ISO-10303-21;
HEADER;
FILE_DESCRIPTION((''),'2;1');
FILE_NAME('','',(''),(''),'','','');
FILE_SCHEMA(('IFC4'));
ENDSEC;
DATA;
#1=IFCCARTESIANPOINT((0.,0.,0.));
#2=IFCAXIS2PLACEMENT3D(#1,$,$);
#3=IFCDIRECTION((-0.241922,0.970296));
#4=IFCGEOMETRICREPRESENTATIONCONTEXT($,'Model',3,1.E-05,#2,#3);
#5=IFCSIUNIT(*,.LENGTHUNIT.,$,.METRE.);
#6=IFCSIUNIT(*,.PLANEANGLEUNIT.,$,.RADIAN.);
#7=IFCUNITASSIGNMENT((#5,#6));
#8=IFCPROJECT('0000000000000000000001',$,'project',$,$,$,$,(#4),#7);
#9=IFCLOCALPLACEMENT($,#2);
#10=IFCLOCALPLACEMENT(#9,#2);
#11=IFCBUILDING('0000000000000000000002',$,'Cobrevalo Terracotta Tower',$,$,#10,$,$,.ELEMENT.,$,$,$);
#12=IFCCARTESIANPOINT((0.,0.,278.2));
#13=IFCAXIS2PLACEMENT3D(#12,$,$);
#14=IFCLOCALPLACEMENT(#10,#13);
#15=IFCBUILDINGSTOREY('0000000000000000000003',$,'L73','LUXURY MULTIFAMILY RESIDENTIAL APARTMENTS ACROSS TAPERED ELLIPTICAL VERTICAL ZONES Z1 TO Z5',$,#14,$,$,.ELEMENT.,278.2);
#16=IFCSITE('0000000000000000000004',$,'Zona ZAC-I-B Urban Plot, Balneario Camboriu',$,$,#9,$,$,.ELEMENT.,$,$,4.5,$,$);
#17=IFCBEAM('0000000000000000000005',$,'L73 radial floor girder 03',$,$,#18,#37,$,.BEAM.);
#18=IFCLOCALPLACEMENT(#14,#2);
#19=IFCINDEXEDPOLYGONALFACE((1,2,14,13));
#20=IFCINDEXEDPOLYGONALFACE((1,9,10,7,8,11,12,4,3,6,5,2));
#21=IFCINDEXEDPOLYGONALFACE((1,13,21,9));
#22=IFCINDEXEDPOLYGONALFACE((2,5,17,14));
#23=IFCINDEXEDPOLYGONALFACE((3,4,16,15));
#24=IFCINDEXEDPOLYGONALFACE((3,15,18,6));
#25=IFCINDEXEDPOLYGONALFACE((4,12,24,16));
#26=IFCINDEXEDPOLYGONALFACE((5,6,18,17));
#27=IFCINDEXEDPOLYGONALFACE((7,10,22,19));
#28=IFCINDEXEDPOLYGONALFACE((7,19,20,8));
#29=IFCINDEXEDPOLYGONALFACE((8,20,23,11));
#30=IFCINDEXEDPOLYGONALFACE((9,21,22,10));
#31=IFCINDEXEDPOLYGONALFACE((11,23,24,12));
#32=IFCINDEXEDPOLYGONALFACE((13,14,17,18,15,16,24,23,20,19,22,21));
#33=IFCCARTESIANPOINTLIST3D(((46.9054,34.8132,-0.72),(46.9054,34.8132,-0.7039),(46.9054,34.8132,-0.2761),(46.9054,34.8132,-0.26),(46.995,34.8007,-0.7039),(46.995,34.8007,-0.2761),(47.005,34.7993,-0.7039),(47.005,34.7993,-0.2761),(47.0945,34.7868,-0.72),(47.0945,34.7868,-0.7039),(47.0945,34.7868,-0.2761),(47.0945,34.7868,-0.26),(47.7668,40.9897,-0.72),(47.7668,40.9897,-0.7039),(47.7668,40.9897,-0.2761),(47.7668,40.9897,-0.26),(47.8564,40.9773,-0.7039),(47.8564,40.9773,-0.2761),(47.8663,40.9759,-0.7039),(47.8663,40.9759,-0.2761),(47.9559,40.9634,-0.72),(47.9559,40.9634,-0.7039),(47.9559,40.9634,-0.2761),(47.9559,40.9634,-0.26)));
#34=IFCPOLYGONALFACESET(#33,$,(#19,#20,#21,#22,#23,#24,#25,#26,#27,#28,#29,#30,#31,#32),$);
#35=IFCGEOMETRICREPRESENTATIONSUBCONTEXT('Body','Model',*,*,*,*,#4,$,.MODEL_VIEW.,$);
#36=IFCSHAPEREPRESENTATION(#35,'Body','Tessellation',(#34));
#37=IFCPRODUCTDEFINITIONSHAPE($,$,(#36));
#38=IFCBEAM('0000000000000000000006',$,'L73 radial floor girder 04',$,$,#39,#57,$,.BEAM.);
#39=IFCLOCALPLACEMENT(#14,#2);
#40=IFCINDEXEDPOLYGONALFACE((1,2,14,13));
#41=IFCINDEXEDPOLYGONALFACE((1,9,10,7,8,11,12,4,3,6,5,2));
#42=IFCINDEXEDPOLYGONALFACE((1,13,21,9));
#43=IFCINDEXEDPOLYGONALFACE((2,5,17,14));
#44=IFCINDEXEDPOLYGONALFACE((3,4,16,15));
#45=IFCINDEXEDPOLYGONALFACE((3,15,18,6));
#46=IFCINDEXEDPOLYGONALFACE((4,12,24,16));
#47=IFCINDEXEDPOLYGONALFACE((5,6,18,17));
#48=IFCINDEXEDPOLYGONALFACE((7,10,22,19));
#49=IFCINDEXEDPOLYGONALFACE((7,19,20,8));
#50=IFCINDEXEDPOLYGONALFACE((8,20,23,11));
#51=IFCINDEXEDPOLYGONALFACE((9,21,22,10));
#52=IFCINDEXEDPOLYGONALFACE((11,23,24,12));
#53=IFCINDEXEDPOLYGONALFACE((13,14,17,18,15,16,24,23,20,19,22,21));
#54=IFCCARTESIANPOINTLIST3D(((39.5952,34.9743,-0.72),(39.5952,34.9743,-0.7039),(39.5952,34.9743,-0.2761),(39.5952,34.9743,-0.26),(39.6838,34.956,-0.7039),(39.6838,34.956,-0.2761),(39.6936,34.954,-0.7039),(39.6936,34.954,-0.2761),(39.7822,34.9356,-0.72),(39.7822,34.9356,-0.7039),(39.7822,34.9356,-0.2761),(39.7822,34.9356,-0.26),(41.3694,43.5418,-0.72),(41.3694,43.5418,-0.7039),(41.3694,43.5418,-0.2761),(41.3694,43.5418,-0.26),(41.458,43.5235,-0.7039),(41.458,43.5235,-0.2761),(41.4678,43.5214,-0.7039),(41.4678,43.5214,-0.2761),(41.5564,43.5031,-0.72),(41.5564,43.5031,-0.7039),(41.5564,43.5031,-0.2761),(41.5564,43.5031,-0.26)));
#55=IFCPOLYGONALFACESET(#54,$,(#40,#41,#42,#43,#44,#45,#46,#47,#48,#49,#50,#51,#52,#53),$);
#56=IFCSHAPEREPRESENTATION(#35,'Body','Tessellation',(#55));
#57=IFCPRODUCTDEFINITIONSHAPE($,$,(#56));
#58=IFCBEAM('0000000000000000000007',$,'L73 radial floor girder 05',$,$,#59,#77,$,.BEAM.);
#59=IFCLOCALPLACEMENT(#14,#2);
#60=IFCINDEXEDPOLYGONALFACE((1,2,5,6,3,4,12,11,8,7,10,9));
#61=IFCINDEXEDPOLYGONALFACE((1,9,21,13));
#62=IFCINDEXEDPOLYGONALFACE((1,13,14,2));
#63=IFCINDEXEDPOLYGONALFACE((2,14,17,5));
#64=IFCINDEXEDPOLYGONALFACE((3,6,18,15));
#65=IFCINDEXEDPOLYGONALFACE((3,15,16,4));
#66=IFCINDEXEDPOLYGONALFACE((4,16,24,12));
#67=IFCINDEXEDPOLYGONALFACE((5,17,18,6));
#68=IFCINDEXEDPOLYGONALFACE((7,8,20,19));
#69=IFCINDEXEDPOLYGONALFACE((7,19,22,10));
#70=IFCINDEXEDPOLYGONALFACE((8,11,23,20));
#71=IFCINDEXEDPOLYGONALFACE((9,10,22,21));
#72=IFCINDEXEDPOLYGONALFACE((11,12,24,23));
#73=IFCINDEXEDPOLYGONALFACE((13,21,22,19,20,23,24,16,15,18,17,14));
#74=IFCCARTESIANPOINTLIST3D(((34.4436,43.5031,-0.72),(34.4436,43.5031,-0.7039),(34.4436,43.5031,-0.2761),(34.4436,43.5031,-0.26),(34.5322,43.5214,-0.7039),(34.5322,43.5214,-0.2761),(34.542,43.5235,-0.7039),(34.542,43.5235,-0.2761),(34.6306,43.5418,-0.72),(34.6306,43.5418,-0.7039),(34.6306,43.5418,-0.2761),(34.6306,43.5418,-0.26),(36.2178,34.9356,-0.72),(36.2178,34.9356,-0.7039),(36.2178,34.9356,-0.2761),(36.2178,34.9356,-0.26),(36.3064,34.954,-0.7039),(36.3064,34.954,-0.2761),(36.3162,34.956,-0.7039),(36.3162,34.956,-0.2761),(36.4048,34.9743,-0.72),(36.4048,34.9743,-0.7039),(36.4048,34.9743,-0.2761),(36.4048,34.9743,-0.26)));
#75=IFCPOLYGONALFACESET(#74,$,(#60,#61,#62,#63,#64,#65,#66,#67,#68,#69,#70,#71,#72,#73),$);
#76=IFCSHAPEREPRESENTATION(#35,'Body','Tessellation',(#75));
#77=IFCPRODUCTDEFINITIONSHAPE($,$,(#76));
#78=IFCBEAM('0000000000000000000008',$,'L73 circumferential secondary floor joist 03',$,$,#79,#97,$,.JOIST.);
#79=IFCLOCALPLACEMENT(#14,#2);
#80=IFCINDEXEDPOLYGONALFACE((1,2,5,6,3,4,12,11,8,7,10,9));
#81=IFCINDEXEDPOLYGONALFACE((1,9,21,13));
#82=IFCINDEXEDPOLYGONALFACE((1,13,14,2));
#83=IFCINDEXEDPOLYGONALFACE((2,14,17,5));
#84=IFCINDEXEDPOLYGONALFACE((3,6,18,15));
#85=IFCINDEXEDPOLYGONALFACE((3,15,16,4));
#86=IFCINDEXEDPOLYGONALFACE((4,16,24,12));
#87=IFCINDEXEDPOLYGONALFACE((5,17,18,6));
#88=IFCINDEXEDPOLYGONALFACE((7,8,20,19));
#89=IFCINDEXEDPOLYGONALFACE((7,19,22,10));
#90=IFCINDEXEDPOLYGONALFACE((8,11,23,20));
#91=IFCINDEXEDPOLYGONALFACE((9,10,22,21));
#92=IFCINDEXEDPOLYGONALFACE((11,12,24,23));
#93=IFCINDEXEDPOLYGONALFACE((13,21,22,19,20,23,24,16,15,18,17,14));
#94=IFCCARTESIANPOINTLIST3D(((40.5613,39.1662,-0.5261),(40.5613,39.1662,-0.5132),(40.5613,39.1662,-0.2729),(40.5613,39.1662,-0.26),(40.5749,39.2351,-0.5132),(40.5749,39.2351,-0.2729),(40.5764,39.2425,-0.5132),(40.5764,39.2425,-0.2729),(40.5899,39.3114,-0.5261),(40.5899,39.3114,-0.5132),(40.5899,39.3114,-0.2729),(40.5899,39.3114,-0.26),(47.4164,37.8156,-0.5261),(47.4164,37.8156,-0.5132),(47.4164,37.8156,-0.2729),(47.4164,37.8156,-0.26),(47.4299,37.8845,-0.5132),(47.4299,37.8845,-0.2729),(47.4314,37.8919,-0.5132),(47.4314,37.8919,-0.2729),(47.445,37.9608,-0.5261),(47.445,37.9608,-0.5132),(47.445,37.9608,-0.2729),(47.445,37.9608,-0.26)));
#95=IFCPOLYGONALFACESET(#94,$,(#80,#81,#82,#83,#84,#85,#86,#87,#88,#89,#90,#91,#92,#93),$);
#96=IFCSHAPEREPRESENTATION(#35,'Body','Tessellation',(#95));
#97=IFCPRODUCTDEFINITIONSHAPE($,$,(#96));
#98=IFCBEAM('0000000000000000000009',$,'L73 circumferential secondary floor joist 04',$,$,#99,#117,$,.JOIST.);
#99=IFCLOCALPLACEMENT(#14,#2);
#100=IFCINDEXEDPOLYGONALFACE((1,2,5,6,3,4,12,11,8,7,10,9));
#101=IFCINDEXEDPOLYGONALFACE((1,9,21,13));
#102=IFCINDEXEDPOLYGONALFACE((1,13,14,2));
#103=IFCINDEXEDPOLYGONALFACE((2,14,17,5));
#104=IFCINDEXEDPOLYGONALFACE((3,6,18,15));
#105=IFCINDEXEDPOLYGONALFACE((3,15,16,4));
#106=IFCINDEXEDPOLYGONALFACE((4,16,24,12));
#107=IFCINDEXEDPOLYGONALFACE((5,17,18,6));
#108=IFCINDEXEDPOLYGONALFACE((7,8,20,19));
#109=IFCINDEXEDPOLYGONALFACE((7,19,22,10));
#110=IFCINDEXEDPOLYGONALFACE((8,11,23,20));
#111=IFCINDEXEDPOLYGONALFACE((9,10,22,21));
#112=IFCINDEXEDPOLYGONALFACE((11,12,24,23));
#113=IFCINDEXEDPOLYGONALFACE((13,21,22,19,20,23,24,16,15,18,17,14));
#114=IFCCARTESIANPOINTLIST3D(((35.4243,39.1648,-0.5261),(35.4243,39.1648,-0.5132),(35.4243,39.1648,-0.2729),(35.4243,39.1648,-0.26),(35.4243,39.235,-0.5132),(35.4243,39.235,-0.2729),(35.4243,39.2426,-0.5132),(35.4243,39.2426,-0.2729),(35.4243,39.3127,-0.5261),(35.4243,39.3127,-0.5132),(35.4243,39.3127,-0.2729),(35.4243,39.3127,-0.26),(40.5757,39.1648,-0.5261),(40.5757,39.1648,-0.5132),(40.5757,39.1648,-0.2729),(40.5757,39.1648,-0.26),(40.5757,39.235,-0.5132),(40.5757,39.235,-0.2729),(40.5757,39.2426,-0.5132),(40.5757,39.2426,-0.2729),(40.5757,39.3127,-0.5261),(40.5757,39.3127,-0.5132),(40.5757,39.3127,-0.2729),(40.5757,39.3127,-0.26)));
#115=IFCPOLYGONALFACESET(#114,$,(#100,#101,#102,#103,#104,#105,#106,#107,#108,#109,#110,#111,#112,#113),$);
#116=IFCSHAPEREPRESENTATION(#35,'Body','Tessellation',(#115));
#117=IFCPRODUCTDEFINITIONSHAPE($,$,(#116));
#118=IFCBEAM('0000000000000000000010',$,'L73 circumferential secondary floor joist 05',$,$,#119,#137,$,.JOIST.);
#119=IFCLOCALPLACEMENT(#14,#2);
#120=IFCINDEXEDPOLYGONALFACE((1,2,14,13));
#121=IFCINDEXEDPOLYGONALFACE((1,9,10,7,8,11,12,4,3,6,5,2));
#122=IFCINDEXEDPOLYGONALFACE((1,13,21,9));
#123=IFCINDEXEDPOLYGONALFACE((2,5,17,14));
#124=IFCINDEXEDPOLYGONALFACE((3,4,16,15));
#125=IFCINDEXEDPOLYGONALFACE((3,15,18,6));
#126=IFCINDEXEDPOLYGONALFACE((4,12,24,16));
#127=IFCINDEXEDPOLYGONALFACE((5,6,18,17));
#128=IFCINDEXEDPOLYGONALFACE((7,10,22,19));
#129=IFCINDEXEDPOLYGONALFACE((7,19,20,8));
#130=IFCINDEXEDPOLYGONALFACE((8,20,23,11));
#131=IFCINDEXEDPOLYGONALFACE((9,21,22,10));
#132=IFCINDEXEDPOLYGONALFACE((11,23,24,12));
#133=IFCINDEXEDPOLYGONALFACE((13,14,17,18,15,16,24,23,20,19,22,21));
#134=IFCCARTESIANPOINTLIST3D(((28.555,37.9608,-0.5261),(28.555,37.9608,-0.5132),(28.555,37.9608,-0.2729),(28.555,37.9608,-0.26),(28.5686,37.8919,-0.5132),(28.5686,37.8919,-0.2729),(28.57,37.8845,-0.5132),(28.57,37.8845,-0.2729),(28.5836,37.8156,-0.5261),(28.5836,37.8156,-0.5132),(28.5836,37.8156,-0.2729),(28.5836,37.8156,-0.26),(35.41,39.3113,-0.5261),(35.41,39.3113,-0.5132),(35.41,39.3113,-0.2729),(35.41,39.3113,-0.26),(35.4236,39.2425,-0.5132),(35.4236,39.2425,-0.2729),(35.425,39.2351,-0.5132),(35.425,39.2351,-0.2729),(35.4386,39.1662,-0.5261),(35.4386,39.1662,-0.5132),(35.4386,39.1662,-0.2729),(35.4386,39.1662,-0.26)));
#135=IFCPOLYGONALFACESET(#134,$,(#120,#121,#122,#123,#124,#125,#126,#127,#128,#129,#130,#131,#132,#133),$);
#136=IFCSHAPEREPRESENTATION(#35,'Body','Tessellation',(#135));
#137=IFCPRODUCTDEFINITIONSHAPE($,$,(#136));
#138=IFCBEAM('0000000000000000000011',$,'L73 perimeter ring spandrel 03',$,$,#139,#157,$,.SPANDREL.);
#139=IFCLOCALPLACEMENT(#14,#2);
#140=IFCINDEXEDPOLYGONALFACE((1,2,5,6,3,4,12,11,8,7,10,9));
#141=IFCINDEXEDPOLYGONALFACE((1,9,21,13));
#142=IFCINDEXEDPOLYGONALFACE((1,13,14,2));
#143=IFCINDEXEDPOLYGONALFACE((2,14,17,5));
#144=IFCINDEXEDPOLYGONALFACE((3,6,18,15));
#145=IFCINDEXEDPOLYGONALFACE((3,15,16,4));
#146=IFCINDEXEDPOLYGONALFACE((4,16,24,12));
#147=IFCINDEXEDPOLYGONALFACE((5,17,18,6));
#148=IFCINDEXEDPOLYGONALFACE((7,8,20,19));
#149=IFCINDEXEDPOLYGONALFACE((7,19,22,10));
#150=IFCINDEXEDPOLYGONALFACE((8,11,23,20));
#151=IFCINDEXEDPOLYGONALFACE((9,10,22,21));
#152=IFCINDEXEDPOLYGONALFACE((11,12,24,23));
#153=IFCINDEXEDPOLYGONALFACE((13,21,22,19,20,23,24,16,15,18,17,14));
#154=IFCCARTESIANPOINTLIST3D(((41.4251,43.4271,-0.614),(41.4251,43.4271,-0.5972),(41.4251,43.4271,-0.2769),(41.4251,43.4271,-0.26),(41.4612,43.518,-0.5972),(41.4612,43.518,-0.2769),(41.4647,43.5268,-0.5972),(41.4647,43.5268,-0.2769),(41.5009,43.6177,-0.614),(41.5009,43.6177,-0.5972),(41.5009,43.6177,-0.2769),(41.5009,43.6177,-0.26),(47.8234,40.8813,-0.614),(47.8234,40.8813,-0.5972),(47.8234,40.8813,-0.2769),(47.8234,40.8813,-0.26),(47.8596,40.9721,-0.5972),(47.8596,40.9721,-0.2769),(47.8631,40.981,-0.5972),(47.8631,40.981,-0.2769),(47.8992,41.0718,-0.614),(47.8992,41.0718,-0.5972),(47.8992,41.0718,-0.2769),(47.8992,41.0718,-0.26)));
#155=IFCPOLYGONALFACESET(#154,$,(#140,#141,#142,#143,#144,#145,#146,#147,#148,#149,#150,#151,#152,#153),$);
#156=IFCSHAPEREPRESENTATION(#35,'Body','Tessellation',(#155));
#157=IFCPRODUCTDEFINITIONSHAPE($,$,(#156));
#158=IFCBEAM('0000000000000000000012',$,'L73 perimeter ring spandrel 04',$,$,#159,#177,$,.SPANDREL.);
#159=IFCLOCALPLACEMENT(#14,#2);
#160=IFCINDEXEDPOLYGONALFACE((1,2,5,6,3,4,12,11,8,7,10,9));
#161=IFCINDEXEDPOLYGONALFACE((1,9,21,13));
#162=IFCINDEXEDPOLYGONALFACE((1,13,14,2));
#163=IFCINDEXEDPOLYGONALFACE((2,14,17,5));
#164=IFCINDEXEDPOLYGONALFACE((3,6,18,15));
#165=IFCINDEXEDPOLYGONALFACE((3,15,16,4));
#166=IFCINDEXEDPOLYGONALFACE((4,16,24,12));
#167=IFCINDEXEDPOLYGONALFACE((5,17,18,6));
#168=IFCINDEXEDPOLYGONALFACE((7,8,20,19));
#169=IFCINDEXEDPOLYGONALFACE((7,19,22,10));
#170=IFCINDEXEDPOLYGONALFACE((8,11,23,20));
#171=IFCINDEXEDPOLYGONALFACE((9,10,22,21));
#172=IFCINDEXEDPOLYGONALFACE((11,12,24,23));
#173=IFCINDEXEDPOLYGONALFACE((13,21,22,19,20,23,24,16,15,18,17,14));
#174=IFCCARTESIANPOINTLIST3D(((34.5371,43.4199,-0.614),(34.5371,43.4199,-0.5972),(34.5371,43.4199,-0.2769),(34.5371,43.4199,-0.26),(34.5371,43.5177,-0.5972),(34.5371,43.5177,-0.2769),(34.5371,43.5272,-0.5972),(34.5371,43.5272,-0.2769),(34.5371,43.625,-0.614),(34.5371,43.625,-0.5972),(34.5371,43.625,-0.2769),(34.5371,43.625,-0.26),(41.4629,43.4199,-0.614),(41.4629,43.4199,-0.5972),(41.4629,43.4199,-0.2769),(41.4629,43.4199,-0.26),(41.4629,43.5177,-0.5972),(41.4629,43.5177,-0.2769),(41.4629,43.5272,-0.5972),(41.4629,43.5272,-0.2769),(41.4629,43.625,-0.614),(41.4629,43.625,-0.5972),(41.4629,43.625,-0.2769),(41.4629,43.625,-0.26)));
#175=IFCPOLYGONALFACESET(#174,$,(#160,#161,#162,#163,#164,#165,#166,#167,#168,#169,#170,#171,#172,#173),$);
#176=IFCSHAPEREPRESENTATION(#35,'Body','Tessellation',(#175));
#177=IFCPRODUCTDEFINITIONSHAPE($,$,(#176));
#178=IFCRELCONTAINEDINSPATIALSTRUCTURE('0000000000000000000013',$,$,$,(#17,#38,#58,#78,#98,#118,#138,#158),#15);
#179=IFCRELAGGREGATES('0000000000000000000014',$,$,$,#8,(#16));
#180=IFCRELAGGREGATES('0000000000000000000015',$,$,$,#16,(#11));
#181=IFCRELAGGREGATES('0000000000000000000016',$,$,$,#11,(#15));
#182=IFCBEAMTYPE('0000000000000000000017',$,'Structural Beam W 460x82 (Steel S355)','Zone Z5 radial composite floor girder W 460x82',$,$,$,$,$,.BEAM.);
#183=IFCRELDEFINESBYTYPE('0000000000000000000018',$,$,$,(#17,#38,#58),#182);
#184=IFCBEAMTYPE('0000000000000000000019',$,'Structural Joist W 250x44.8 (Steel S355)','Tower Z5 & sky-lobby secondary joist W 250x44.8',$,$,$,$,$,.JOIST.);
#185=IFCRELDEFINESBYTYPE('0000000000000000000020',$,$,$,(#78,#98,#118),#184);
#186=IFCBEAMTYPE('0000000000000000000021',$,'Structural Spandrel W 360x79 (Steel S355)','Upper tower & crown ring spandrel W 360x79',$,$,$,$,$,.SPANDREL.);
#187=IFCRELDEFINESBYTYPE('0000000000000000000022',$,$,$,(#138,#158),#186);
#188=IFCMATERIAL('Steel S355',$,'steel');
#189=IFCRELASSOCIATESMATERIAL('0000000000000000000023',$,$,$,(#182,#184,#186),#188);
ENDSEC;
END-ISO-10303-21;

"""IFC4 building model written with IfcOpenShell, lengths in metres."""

from ifc_helpers import new_model, si_unit, direction, frame, origin, origin_2d, place, context, subcontext, project, spatial, i_section, extrude, material, material_profile, profile_set, type_object, element, save


model = new_model("IFC4")

# Units and contexts
model_context = context("Model", 3, precision=1e-05, world=origin(), true_north=direction((-0.241922, 0.970296)))
body_context = subcontext(model_context, "Body", "Model", "MODEL_VIEW")
ifc_project = project(units=[si_unit("LENGTHUNIT", "METRE"), si_unit("PLANEANGLEUNIT", "RADIAN")], contexts=[model_context])

# Site, building, storey
site_placement = place(None, origin())
site = spatial("IfcSite", under=ifc_project, at=site_placement, Name="Zona ZAC-I-B Urban Plot, Balneario Camboriu", CompositionType="ELEMENT", RefElevation=4.5)
building_placement = place(site_placement, origin())
building = spatial("IfcBuilding", under=site, at=building_placement, Name="Cobrevalo Terracotta Tower", CompositionType="ELEMENT")
storey_placement = place(building_placement, frame((0.0, 0.0, 278.2)))
storey = spatial("IfcBuildingStorey", under=building, at=storey_placement, Name="L73", Description="LUXURY MULTIFAMILY RESIDENTIAL APARTMENTS ACROSS TAPERED ELLIPTICAL VERTICAL ZONES Z1 TO Z5", CompositionType="ELEMENT", Elevation=278.2)

# Shared definitions
ifc_material_1 = material(Name="Steel S355", Category="steel")

# Beams
ifc_material_profile_1 = material_profile(ifc_material_1, i_section(OverallWidth=0.1909, OverallDepth=0.46, WebThickness=0.01, FlangeThickness=0.0161, at=origin_2d()), Name="W 460x82")
ifc_profile_set_1 = profile_set([ifc_material_profile_1], Name="Steel S355")
beam_type_1 = type_object("IfcBeamType", Name="Structural Beam W 460x82 (Steel S355)", Description="Zone Z5 radial composite floor girder W 460x82", PredefinedType="BEAM", material=ifc_profile_set_1)
beam_1_placement = place(storey_placement, frame((47.8613, 40.9766, -0.49), z_axis=(-0.138116, -0.990416, 0.0), x_axis=(0.990416, -0.138116, 0.0)))
element("IfcBeam", 1, at=beam_1_placement, inside=storey, type_object=beam_type_1, Name="L73 radial floor girder 03", PredefinedType="BEAM", context=body_context, shape_type="SweptSolid", body=[
    extrude(i_section(OverallWidth=0.1909, OverallDepth=0.46, WebThickness=0.01, FlangeThickness=0.0161, at=origin_2d()), origin(), (0.0, 0.0, 1.0), 6.2363),
])
for number, where, z_axis, x_axis, name in (
    (2, (41.4629, 43.5225, -0.49), (-0.202782, -0.979224, 0.0), (0.979224, -0.202782, 0.0), "L73 radial floor girder 04"),
    (3, (34.5371, 43.5225, -0.49), (0.202782, -0.979224, 0.0), (0.979224, 0.202782, 0.0), "L73 radial floor girder 05"),
):
    element("IfcBeam", number, at=place(storey_placement, frame(where, z_axis=z_axis, x_axis=x_axis)), inside=storey, type_object=beam_type_1, Name=name, PredefinedType="BEAM", context=body_context, shape_type="SweptSolid", body=[
        extrude(i_section(OverallWidth=0.1909, OverallDepth=0.46, WebThickness=0.01, FlangeThickness=0.0161, at=origin_2d()), origin(), (0.0, 0.0, 1.0), 8.7493),
    ])
ifc_material_profile_2 = material_profile(ifc_material_1, i_section(OverallWidth=0.1479, OverallDepth=0.2661, WebThickness=0.0076, FlangeThickness=0.0129, at=origin_2d()), Name="W 250x44.8")
ifc_profile_set_2 = profile_set([ifc_material_profile_2], Name="Steel S355")
beam_type_2 = type_object("IfcBeamType", Name="Structural Joist W 250x44.8 (Steel S355)", Description="Tower Z5 & sky-lobby secondary joist W 250x44.8", PredefinedType="JOIST", material=ifc_profile_set_2)
beam_2_placement = place(storey_placement, frame((47.4307, 37.8882, -0.3931), z_axis=(-0.981138, 0.193306, 0.0), x_axis=(-0.193306, -0.981138, 0.0)))
element("IfcBeam", 4, at=beam_2_placement, inside=storey, type_object=beam_type_2, Name="L73 circumferential secondary floor joist 03", PredefinedType="JOIST", context=body_context, shape_type="SweptSolid", body=[
    extrude(i_section(OverallWidth=0.1479, OverallDepth=0.2661, WebThickness=0.0076, FlangeThickness=0.0129, at=origin_2d()), origin(), (0.0, 0.0, 1.0), 6.9868),
])
beam_3_placement = place(storey_placement, frame((40.5757, 39.2388, -0.3931), z_axis=(-1.0, 0.0, 0.0), x_axis=(0.0, -1.0, 0.0)))
element("IfcBeam", 5, at=beam_3_placement, inside=storey, type_object=beam_type_2, Name="L73 circumferential secondary floor joist 04", PredefinedType="JOIST", context=body_context, shape_type="SweptSolid", body=[
    extrude(i_section(OverallWidth=0.1479, OverallDepth=0.2661, WebThickness=0.0076, FlangeThickness=0.0129, at=origin_2d()), origin(), (0.0, 0.0, 1.0), 5.1514),
])
beam_4_placement = place(storey_placement, frame((35.4243, 39.2388, -0.3931), z_axis=(-0.981138, -0.193306, 0.0), x_axis=(0.193306, -0.981138, 0.0)))
element("IfcBeam", 6, at=beam_4_placement, inside=storey, type_object=beam_type_2, Name="L73 circumferential secondary floor joist 05", PredefinedType="JOIST", context=body_context, shape_type="SweptSolid", body=[
    extrude(i_section(OverallWidth=0.1479, OverallDepth=0.2661, WebThickness=0.0076, FlangeThickness=0.0129, at=origin_2d()), origin(), (0.0, 0.0, 1.0), 6.9868),
])
ifc_material_profile_3 = material_profile(ifc_material_1, i_section(OverallWidth=0.2051, OverallDepth=0.354, WebThickness=0.0095, FlangeThickness=0.0168, at=origin_2d()), Name="W 360x79")
ifc_profile_set_3 = profile_set([ifc_material_profile_3], Name="Steel S355")
beam_type_3 = type_object("IfcBeamType", Name="Structural Spandrel W 360x79 (Steel S355)", Description="Upper tower & crown ring spandrel W 360x79", PredefinedType="SPANDREL", material=ifc_profile_set_3)
beam_5_placement = place(storey_placement, frame((47.8613, 40.9766, -0.437), z_axis=(-0.92915, 0.369703, 0.0), x_axis=(-0.369703, -0.92915, 0.0)))
element("IfcBeam", 7, at=beam_5_placement, inside=storey, type_object=beam_type_3, Name="L73 perimeter ring spandrel 03", PredefinedType="SPANDREL", context=body_context, shape_type="SweptSolid", body=[
    extrude(i_section(OverallWidth=0.2051, OverallDepth=0.354, WebThickness=0.0095, FlangeThickness=0.0168, at=origin_2d()), origin(), (0.0, 0.0, 1.0), 6.8862),
])
beam_6_placement = place(storey_placement, frame((41.4629, 43.5225, -0.437), z_axis=(-1.0, 0.0, 0.0), x_axis=(0.0, -1.0, 0.0)))
element("IfcBeam", 8, at=beam_6_placement, inside=storey, type_object=beam_type_3, Name="L73 perimeter ring spandrel 04", PredefinedType="SPANDREL", context=body_context, shape_type="SweptSolid", body=[
    extrude(i_section(OverallWidth=0.2051, OverallDepth=0.354, WebThickness=0.0095, FlangeThickness=0.0168, at=origin_2d()), origin(), (0.0, 0.0, 1.0), 6.9258),
])

save(model, "model.ifc")
